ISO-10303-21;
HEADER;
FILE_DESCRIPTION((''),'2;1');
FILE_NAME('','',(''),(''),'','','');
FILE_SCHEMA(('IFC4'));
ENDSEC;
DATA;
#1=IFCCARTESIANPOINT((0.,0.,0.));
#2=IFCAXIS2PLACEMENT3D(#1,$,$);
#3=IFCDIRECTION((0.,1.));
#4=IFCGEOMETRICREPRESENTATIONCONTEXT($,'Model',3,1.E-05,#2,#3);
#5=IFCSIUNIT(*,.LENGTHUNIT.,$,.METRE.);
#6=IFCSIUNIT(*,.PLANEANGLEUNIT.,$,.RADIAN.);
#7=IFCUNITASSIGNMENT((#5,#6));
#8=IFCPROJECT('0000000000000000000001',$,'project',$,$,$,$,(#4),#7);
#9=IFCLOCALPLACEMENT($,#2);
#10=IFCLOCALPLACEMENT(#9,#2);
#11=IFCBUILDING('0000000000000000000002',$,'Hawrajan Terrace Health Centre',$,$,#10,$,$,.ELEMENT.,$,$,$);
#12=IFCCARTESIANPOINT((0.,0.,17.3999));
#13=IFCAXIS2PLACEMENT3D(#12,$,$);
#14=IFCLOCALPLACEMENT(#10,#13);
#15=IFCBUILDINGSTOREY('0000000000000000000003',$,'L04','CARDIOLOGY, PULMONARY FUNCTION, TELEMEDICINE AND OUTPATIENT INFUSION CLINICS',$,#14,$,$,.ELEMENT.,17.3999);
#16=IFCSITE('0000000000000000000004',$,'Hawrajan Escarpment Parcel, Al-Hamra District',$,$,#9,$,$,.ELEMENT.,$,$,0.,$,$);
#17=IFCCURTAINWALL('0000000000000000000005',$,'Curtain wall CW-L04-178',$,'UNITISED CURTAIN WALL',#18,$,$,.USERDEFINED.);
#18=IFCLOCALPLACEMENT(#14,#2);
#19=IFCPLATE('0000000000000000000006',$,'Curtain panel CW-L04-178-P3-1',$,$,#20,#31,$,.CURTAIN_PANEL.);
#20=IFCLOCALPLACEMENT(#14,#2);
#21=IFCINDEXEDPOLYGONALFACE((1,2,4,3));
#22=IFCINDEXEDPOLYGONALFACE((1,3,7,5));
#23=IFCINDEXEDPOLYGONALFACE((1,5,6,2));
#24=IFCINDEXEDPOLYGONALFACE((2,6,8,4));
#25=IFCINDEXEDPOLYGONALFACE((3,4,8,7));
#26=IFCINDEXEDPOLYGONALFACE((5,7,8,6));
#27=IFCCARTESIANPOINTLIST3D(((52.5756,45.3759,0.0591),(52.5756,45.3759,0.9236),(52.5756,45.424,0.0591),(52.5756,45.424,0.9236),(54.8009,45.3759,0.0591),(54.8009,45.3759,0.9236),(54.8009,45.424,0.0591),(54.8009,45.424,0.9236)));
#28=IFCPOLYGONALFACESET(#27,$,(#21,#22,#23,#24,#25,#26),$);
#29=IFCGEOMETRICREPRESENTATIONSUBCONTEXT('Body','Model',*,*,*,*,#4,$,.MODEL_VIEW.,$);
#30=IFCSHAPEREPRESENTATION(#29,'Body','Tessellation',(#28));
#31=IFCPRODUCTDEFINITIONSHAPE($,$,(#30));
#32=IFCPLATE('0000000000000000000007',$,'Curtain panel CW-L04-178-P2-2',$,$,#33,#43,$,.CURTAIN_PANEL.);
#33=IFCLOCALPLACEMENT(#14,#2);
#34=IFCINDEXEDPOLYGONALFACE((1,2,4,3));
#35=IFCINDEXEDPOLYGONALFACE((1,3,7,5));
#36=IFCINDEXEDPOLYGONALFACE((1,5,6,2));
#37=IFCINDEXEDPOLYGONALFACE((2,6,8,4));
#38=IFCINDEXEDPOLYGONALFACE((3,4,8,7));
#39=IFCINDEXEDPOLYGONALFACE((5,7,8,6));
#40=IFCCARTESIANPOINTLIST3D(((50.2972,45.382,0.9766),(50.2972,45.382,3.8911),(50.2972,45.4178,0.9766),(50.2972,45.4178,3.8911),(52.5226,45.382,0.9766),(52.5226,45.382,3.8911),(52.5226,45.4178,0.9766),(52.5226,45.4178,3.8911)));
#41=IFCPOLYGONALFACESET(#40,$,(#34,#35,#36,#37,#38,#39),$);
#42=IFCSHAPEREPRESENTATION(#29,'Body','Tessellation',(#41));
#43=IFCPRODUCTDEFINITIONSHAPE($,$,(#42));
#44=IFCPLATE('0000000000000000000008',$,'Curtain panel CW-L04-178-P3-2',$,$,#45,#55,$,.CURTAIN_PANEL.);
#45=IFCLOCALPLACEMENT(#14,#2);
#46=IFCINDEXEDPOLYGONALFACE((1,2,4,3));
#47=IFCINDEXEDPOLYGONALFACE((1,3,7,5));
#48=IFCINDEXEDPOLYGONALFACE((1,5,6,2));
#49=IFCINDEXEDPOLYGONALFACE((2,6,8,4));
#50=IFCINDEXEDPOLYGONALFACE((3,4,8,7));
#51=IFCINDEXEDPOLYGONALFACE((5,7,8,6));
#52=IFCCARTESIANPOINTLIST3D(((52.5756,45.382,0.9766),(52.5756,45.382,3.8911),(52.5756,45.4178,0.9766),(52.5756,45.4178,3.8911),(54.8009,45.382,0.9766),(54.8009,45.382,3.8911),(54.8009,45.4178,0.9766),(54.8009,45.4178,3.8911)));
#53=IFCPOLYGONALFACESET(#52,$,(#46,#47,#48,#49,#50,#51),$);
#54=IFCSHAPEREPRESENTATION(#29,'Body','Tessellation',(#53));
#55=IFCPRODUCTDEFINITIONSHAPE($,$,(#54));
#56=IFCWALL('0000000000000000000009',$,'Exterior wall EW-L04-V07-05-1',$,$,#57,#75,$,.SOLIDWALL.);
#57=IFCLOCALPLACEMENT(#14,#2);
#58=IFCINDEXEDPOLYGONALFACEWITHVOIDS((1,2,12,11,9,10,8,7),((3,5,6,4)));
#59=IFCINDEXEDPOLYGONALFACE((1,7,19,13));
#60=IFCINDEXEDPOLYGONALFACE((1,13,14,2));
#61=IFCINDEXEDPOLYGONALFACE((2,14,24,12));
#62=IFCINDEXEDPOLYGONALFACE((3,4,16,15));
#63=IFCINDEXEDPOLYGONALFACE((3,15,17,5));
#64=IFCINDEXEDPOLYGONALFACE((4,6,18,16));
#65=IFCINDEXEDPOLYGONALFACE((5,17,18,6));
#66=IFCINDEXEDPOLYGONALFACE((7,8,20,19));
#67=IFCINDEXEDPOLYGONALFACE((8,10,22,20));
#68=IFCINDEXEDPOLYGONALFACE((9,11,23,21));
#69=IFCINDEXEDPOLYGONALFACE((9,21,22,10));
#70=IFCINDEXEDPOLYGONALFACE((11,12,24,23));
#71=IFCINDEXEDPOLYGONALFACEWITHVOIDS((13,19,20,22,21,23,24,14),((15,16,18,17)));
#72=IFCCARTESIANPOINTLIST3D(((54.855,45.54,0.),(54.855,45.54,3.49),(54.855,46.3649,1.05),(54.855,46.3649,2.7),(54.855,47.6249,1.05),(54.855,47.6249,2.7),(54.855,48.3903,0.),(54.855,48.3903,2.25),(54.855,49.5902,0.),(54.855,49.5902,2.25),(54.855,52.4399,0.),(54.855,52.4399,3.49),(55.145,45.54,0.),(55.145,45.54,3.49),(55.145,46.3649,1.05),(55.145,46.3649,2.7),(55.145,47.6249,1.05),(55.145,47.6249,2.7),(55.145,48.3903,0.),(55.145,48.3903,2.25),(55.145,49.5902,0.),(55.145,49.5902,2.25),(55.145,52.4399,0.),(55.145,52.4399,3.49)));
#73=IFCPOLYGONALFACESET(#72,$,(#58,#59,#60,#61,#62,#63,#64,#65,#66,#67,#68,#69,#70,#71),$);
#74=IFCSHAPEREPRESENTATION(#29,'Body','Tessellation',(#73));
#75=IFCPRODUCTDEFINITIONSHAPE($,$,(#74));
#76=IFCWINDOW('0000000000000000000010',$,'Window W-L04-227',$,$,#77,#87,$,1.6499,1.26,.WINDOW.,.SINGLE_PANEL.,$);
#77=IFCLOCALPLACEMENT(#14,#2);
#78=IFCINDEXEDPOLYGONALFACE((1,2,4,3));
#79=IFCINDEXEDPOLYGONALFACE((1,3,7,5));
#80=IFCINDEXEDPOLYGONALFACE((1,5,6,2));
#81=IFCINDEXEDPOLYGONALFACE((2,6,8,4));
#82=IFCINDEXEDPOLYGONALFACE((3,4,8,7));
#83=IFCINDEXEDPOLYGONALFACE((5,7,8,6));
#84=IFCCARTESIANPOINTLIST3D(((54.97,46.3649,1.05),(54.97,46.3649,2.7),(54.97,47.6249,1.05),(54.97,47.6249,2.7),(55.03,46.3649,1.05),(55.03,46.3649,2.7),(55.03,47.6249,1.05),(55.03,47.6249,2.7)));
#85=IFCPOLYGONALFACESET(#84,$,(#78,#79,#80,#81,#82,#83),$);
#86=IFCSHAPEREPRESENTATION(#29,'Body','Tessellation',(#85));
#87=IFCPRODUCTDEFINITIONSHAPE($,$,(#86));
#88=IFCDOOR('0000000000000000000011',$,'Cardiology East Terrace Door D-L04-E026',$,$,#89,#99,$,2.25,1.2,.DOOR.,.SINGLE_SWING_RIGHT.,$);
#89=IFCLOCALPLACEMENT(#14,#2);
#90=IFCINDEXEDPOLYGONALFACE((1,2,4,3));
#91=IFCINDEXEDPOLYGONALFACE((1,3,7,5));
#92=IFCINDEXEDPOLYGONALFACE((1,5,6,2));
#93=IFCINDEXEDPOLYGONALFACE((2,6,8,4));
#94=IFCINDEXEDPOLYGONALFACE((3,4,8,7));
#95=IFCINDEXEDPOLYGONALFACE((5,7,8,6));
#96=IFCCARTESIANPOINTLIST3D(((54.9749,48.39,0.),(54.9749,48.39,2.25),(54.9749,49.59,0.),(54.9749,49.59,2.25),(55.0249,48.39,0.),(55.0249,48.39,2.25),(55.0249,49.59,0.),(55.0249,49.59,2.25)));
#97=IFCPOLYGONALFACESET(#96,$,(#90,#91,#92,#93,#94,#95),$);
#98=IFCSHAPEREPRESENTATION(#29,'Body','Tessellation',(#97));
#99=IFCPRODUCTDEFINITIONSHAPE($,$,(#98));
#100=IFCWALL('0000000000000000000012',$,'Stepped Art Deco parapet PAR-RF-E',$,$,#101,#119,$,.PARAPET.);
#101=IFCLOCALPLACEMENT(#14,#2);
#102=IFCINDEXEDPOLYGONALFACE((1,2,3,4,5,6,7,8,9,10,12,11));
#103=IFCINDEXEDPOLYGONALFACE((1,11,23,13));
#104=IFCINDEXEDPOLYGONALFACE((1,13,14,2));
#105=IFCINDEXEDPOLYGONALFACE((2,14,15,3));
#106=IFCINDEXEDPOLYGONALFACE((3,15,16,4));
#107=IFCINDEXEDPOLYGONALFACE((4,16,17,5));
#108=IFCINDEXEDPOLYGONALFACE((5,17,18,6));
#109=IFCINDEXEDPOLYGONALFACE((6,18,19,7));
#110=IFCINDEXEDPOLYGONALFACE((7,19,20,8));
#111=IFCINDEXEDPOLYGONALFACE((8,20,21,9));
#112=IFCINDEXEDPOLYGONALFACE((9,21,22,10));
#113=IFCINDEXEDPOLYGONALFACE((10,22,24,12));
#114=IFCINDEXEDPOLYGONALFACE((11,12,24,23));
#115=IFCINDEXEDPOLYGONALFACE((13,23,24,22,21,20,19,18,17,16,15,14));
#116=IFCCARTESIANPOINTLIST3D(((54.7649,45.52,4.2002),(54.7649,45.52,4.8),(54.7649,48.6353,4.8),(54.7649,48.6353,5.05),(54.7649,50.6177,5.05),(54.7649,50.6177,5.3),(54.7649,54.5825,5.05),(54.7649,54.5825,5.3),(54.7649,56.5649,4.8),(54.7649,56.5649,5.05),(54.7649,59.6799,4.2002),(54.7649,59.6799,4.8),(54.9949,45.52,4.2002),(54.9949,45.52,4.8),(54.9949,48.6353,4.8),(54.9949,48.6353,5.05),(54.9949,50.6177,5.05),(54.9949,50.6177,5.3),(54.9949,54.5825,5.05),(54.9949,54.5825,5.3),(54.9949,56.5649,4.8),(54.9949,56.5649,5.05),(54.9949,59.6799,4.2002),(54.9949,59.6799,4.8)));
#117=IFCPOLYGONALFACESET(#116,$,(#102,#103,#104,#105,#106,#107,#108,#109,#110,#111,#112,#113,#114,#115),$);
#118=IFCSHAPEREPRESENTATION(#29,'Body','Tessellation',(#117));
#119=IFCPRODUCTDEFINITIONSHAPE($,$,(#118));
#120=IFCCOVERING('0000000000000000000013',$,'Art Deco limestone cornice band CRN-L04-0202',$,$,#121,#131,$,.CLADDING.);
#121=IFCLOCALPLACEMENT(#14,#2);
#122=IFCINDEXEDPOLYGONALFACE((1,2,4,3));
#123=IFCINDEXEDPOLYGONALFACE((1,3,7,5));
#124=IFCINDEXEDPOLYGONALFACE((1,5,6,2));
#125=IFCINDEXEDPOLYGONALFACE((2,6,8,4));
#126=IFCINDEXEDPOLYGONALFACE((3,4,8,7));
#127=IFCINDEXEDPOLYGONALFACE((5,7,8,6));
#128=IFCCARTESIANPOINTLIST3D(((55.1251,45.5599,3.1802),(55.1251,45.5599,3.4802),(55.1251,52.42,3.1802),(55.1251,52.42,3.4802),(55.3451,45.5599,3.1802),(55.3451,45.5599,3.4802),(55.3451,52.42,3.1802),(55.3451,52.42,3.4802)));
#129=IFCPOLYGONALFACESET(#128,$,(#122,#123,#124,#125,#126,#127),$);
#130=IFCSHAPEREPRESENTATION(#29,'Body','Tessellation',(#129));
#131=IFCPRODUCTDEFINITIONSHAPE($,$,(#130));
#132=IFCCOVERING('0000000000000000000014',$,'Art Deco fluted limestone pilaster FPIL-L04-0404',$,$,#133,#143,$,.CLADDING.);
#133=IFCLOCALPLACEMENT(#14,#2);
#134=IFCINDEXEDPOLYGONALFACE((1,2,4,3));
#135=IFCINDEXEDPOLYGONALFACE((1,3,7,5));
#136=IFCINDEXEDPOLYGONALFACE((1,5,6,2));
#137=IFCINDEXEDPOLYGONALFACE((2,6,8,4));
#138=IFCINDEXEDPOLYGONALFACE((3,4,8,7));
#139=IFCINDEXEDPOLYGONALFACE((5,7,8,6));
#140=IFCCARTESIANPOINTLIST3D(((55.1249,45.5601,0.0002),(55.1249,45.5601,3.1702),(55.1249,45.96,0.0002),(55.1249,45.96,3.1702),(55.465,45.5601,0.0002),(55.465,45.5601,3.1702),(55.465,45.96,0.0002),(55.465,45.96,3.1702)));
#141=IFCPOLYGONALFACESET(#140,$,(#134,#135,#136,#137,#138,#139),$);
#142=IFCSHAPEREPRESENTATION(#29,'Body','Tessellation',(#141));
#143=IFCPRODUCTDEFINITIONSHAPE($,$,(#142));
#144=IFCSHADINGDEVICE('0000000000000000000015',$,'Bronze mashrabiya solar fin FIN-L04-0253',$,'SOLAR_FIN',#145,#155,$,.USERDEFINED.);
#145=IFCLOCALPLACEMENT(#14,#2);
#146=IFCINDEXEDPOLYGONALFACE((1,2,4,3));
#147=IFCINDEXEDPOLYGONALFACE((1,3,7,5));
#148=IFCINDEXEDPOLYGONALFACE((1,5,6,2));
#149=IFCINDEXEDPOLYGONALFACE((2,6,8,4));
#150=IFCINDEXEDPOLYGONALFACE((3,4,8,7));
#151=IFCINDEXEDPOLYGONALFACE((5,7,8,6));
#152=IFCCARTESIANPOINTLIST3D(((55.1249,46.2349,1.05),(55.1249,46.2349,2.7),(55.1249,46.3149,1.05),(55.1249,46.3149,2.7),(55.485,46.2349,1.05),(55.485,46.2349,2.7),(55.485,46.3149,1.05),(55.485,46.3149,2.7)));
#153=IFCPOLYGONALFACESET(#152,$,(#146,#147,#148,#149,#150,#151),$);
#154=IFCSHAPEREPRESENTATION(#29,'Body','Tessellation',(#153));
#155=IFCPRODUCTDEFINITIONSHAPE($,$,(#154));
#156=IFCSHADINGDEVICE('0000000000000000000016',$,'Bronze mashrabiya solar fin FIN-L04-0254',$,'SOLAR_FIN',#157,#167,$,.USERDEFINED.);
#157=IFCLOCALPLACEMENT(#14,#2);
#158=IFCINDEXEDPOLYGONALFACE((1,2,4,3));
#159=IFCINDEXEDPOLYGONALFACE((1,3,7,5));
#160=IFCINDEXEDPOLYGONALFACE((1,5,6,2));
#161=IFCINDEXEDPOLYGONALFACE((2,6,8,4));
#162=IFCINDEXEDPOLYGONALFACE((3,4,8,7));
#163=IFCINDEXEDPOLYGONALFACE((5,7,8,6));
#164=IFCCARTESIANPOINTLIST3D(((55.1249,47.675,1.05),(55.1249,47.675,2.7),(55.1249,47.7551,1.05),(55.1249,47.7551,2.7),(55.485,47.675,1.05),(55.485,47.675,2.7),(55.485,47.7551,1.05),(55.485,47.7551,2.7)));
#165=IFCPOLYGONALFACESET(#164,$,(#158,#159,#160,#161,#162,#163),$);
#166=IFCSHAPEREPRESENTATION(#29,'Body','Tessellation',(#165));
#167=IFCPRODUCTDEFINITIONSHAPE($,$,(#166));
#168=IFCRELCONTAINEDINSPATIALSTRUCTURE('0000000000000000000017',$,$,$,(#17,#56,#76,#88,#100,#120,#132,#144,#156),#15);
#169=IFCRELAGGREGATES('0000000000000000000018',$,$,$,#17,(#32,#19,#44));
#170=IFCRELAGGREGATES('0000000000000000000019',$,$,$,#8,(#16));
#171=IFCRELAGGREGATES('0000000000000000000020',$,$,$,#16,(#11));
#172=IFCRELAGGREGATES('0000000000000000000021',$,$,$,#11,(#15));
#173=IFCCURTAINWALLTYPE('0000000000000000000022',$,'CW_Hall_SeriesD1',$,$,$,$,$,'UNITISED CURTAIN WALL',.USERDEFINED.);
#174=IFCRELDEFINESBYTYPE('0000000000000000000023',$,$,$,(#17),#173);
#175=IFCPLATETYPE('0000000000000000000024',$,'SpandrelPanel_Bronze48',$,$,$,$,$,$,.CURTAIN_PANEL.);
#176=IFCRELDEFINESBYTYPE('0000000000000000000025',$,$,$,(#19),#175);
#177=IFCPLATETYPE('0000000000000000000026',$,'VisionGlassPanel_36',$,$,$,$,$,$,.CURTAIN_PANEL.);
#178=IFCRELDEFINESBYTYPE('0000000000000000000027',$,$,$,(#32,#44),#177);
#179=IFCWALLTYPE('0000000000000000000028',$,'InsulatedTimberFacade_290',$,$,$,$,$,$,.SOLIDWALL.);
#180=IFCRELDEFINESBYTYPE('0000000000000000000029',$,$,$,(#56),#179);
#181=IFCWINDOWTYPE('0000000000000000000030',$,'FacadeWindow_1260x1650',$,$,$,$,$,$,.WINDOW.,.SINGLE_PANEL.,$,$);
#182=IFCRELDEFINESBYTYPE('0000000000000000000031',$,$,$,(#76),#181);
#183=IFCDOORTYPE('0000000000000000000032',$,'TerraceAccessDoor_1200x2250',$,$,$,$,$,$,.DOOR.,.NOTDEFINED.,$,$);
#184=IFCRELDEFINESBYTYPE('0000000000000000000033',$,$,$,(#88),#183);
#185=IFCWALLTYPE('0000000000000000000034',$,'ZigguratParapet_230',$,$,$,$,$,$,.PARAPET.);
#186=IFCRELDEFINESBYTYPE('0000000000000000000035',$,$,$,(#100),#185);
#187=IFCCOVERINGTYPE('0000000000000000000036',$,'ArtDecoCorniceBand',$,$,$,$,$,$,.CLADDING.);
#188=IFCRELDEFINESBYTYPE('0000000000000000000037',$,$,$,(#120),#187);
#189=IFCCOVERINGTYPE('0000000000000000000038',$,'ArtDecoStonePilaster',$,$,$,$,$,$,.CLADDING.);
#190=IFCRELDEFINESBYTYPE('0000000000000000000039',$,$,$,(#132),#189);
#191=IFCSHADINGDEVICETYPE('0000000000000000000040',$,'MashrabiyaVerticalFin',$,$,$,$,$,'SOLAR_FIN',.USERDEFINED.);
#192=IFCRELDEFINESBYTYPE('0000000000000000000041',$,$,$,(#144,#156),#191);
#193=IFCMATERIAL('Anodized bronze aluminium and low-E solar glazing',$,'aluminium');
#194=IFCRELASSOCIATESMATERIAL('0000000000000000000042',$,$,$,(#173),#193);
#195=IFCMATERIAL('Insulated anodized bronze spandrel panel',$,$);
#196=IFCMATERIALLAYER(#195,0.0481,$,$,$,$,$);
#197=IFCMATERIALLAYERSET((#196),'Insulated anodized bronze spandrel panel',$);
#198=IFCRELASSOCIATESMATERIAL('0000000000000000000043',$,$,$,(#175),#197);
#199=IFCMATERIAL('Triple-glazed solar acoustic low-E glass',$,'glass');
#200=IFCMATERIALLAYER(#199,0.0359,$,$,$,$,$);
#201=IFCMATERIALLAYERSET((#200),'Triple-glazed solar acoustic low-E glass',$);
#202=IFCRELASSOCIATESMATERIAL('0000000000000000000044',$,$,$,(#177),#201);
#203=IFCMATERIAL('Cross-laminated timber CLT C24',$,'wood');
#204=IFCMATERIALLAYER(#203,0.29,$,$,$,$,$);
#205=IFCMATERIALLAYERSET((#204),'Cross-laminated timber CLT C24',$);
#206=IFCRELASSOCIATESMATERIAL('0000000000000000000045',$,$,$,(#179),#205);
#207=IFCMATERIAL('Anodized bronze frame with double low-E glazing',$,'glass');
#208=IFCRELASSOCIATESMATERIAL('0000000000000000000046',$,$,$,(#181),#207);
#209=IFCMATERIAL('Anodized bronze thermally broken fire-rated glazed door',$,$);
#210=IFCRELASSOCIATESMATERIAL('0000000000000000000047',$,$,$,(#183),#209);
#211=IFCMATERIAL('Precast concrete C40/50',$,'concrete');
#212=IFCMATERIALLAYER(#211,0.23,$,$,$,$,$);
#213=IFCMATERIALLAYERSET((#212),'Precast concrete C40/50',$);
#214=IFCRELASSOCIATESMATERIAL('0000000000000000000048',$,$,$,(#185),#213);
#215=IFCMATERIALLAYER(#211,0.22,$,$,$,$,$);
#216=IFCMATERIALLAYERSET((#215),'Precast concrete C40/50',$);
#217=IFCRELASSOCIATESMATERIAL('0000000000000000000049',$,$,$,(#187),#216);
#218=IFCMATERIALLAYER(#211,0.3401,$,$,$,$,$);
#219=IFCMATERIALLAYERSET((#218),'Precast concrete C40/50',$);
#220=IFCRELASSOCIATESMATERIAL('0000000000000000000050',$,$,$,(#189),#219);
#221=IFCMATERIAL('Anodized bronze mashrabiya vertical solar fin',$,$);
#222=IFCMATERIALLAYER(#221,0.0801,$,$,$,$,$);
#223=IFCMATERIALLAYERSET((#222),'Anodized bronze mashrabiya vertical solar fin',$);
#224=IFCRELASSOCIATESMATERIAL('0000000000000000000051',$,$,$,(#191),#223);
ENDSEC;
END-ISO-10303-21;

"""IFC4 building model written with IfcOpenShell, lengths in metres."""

from ifc_helpers import new_model, si_unit, direction, frame, frame_2d, origin, origin_2d, place, context, subcontext, project, spatial, polyline, rectangle, outline, extrude, material, layer, layer_set, type_object, element, fill, aggregate, save


model = new_model("IFC4")

# Units and contexts
model_context = context("Model", 3, precision=1e-05, world=origin(), true_north=direction((0.0, 1.0)))
body_context = subcontext(model_context, "Body", "Model", "MODEL_VIEW")
ifc_project = project(units=[si_unit("LENGTHUNIT", "METRE"), si_unit("PLANEANGLEUNIT", "RADIAN")], contexts=[model_context])

# Site, building, storey
site_placement = place(None, origin())
site = spatial("IfcSite", under=ifc_project, at=site_placement, Name="Hawrajan Escarpment Parcel, Al-Hamra District", CompositionType="ELEMENT", RefElevation=0.0)
building_placement = place(site_placement, origin())
building = spatial("IfcBuilding", under=site, at=building_placement, Name="Hawrajan Terrace Health Centre", CompositionType="ELEMENT")
storey_placement = place(building_placement, frame((0.0, 0.0, 17.3999)))
storey = spatial("IfcBuildingStorey", under=building, at=storey_placement, Name="L04", Description="CARDIOLOGY, PULMONARY FUNCTION, TELEMEDICINE AND OUTPATIENT INFUSION CLINICS", CompositionType="ELEMENT", Elevation=17.3999)

# Curtain wall
ifc_material_1 = material(Name="Anodized bronze aluminium and low-E solar glazing", Category="aluminium")
curtain_wall_type = type_object("IfcCurtainWallType", Name="CW_Hall_SeriesD1", ElementType="UNITISED CURTAIN WALL", PredefinedType="USERDEFINED", material=ifc_material_1)
curtain_wall_placement = place(storey_placement, origin())
curtain_wall = element("IfcCurtainWall", 1, at=curtain_wall_placement, inside=storey, type_object=curtain_wall_type, Name="Curtain wall CW-L04-178", ObjectType="UNITISED CURTAIN WALL", PredefinedType="USERDEFINED")

# Plates
ifc_material_2 = material(Name="Insulated anodized bronze spandrel panel")
ifc_layer_1 = layer(ifc_material_2, 0.0481)
ifc_layer_set_1 = layer_set([ifc_layer_1], Name="Insulated anodized bronze spandrel panel")
plate_type_1 = type_object("IfcPlateType", Name="SpandrelPanel_Bronze48", PredefinedType="CURTAIN_PANEL", material=ifc_layer_set_1)
plate_1_placement = place(storey_placement, frame((53.6882, 45.3999, 0.0591), z_axis=(0.0, 0.0, 1.0), x_axis=(1.0, 0.0, 0.0)))
plate_1 = element("IfcPlate", 2, at=plate_1_placement, type_object=plate_type_1, Name="Curtain panel CW-L04-178-P3-1", PredefinedType="CURTAIN_PANEL", context=body_context, shape_type="SweptSolid", body=[
    extrude(rectangle(XDim=2.2253, YDim=0.0481, at=origin_2d()), origin(), (0.0, 0.0, 1.0), 0.8645),
])
ifc_material_3 = material(Name="Triple-glazed solar acoustic low-E glass", Category="glass")
ifc_layer_2 = layer(ifc_material_3, 0.0359)
ifc_layer_set_2 = layer_set([ifc_layer_2], Name="Triple-glazed solar acoustic low-E glass")
plate_type_2 = type_object("IfcPlateType", Name="VisionGlassPanel_36", PredefinedType="CURTAIN_PANEL", material=ifc_layer_set_2)
plate_2_placement = place(storey_placement, frame((51.4099, 45.3999, 0.9766), z_axis=(0.0, 0.0, 1.0), x_axis=(1.0, 0.0, 0.0)))
plate_2 = element("IfcPlate", 3, at=plate_2_placement, type_object=plate_type_2, Name="Curtain panel CW-L04-178-P2-2", PredefinedType="CURTAIN_PANEL", context=body_context, shape_type="SweptSolid", body=[
    extrude(rectangle(XDim=2.2253, YDim=0.0359, at=origin_2d()), origin(), (0.0, 0.0, 1.0), 2.9146),
])
plate_3_placement = place(storey_placement, frame((53.6882, 45.3999, 0.9766), z_axis=(0.0, 0.0, 1.0), x_axis=(1.0, 0.0, 0.0)))
plate_3 = element("IfcPlate", 4, at=plate_3_placement, type_object=plate_type_2, Name="Curtain panel CW-L04-178-P3-2", PredefinedType="CURTAIN_PANEL", context=body_context, shape_type="SweptSolid", body=[
    extrude(rectangle(XDim=2.2253, YDim=0.0359, at=origin_2d()), origin(), (0.0, 0.0, 1.0), 2.9146),
])
aggregate(curtain_wall, [plate_2, plate_1, plate_3])

# Wall, openings, window, door
ifc_material_4 = material(Name="Cross-laminated timber CLT C24", Category="wood")
ifc_layer_3 = layer(ifc_material_4, 0.29)
ifc_layer_set_3 = layer_set([ifc_layer_3], Name="Cross-laminated timber CLT C24")
wall_type_1 = type_object("IfcWallType", Name="InsulatedTimberFacade_290", PredefinedType="SOLIDWALL", material=ifc_layer_set_3)
wall_1_placement = place(storey_placement, frame((55.0, 45.54, 0.0), z_axis=(0.0, 0.0, 1.0), x_axis=(0.0, 1.0, 0.0)))
wall_1 = element("IfcWall", 5, at=wall_1_placement, inside=storey, type_object=wall_type_1, Name="Exterior wall EW-L04-V07-05-1", PredefinedType="SOLIDWALL", context=body_context, shape_type="SweptSolid", body=[
    extrude(rectangle(XDim=6.8999, YDim=0.29, at=frame_2d((3.45, 0.0))), origin(), (0.0, 0.0, 1.0), 3.49),
])
opening_1_placement = place(wall_1_placement, frame((2.8501, 0.0, 0.0)))
opening_1 = element("IfcOpeningElement", 6, at=opening_1_placement, cuts=wall_1, PredefinedType="OPENING", context=body_context, shape_type="SweptSolid", body=[
    extrude(rectangle(XDim=1.2, YDim=2.25, at=frame_2d((0.6001, 1.125))), frame((0.0, 0.155, 0.0), z_axis=(0.0, -1.0, 0.0), x_axis=(1.0, 0.0, 0.0)), (0.0, 0.0, 1.0), 0.3101),
])
opening_2_placement = place(wall_1_placement, frame((0.825, 0.0, 1.05)))
opening_2 = element("IfcOpeningElement", 7, at=opening_2_placement, cuts=wall_1, PredefinedType="OPENING", context=body_context, shape_type="SweptSolid", body=[
    extrude(rectangle(XDim=1.26, YDim=1.6499, at=frame_2d((0.6299, 0.825))), frame((0.0, 0.155, 0.0), z_axis=(0.0, -1.0, 0.0), x_axis=(1.0, 0.0, 0.0)), (0.0, 0.0, 1.0), 0.3101),
])
ifc_material_5 = material(Name="Anodized bronze frame with double low-E glazing", Category="glass")
window_type = type_object("IfcWindowType", Name="FacadeWindow_1260x1650", PartitioningType="SINGLE_PANEL", PredefinedType="WINDOW", material=ifc_material_5)
window_placement = place(opening_2_placement, origin())
window = element("IfcWindow", 8, at=window_placement, inside=storey, type_object=window_type, Name="Window W-L04-227", OverallHeight=1.6499, OverallWidth=1.26, PartitioningType="SINGLE_PANEL", PredefinedType="WINDOW", context=body_context, shape_type="SweptSolid", body=[
    extrude(rectangle(XDim=1.26, YDim=1.6499, at=frame_2d((0.6299, 0.825))), frame((0.0, 0.03, 0.0), z_axis=(0.0, -1.0, 0.0), x_axis=(1.0, 0.0, 0.0)), (0.0, 0.0, 1.0), 0.0601),
])
fill(opening_2, window)
ifc_material_6 = material(Name="Anodized bronze thermally broken fire-rated glazed door")
door_type = type_object("IfcDoorType", Name="TerraceAccessDoor_1200x2250", OperationType="NOTDEFINED", PredefinedType="DOOR", material=ifc_material_6)
door_placement = place(opening_1_placement, frame((1.2, 0.0, 0.0), z_axis=(0.0, 0.0, 1.0), x_axis=(-1.0, 0.0, 0.0)))
door = element("IfcDoor", 9, at=door_placement, inside=storey, type_object=door_type, Name="Cardiology East Terrace Door D-L04-E026", OperationType="SINGLE_SWING_RIGHT", OverallHeight=2.25, OverallWidth=1.2, PredefinedType="DOOR", context=body_context, shape_type="SweptSolid", body=[
    extrude(rectangle(XDim=1.2, YDim=2.25, at=frame_2d((0.6001, 1.125))), frame((0.0, 0.0249, 0.0), z_axis=(0.0, -1.0, 0.0), x_axis=(1.0, 0.0, 0.0)), (0.0, 0.0, 1.0), 0.05),
])
fill(opening_1, door)

# Wall
ifc_material_7 = material(Name="Precast concrete C40/50", Category="concrete")
ifc_layer_4 = layer(ifc_material_7, 0.23)
ifc_layer_set_4 = layer_set([ifc_layer_4], Name="Precast concrete C40/50")
wall_type_2 = type_object("IfcWallType", Name="ZigguratParapet_230", PredefinedType="PARAPET", material=ifc_layer_set_4)
wall_2_placement = place(storey_placement, frame((54.8799, 45.52, 4.2002), z_axis=(0.0, 0.0, 1.0), x_axis=(0.0, 1.0, 0.0)))
element("IfcWall", 10, at=wall_2_placement, inside=storey, type_object=wall_type_2, Name="Stepped Art Deco parapet PAR-RF-E", PredefinedType="PARAPET", context=body_context, shape_type="SweptSolid", body=[
    extrude(outline(polyline([(0.0, 0.0), (14.1599, 0.0), (14.1599, 0.5999), (11.0449, 0.8499), (11.0449, 0.5999), (9.0625, 1.0999), (9.0625, 0.8499), (5.0977, 1.0999), (5.0977, 0.8499), (3.1152, 0.8499), (3.1152, 0.5999), (0.0, 0.5999), (0.0, 0.0)])), frame((0.0, 0.115, 0.0), z_axis=(0.0, -1.0, 0.0), x_axis=(1.0, 0.0, 0.0)), (0.0, 0.0, 1.0), 0.23),
])

# Coverings
ifc_layer_5 = layer(ifc_material_7, 0.22)
ifc_layer_set_5 = layer_set([ifc_layer_5], Name="Precast concrete C40/50")
covering_type_1 = type_object("IfcCoveringType", Name="ArtDecoCorniceBand", PredefinedType="CLADDING", material=ifc_layer_set_5)
covering_1_placement = place(storey_placement, frame((55.2351, 48.99, 3.1802), z_axis=(0.0, 0.0, 1.0), x_axis=(0.0, 1.0, 0.0)))
element("IfcCovering", 11, at=covering_1_placement, inside=storey, type_object=covering_type_1, Name="Art Deco limestone cornice band CRN-L04-0202", PredefinedType="CLADDING", context=body_context, shape_type="SweptSolid", body=[
    extrude(rectangle(XDim=6.8601, YDim=0.22, at=origin_2d()), origin(), (0.0, 0.0, 1.0), 0.3),
])
ifc_layer_6 = layer(ifc_material_7, 0.3401)
ifc_layer_set_6 = layer_set([ifc_layer_6], Name="Precast concrete C40/50")
covering_type_2 = type_object("IfcCoveringType", Name="ArtDecoStonePilaster", PredefinedType="CLADDING", material=ifc_layer_set_6)
covering_2_placement = place(storey_placement, frame((55.2949, 45.76, 0.0002), z_axis=(0.0, 0.0, 1.0), x_axis=(0.0, 1.0, 0.0)))
element("IfcCovering", 12, at=covering_2_placement, inside=storey, type_object=covering_type_2, Name="Art Deco fluted limestone pilaster FPIL-L04-0404", PredefinedType="CLADDING", context=body_context, shape_type="SweptSolid", body=[
    extrude(rectangle(XDim=0.3999, YDim=0.3401, at=origin_2d()), origin(), (0.0, 0.0, 1.0), 3.1699),
])

# Shading devices
ifc_material_8 = material(Name="Anodized bronze mashrabiya vertical solar fin")
ifc_layer_7 = layer(ifc_material_8, 0.0801)
ifc_layer_set_7 = layer_set([ifc_layer_7], Name="Anodized bronze mashrabiya vertical solar fin")
shading_device_type = type_object("IfcShadingDeviceType", Name="MashrabiyaVerticalFin", ElementType="SOLAR_FIN", PredefinedType="USERDEFINED", material=ifc_layer_set_7)
for number, where, z_axis, x_axis, name in (
    (13, (55.3049, 46.2749, 1.05), (0.0, 0.0, 1.0), (0.0, 1.0, 0.0), "Bronze mashrabiya solar fin FIN-L04-0253"),
    (14, (55.3049, 47.7151, 1.05), (0.0, 0.0, 1.0), (0.0, 1.0, 0.0), "Bronze mashrabiya solar fin FIN-L04-0254"),
):
    element("IfcShadingDevice", number, at=place(storey_placement, frame(where, z_axis=z_axis, x_axis=x_axis)), inside=storey, type_object=shading_device_type, Name=name, ObjectType="SOLAR_FIN", PredefinedType="USERDEFINED", context=body_context, shape_type="SweptSolid", body=[
        extrude(rectangle(XDim=0.0801, YDim=0.3601, at=origin_2d()), origin(), (0.0, 0.0, 1.0), 1.6499),
    ])

save(model, "model.ifc")
